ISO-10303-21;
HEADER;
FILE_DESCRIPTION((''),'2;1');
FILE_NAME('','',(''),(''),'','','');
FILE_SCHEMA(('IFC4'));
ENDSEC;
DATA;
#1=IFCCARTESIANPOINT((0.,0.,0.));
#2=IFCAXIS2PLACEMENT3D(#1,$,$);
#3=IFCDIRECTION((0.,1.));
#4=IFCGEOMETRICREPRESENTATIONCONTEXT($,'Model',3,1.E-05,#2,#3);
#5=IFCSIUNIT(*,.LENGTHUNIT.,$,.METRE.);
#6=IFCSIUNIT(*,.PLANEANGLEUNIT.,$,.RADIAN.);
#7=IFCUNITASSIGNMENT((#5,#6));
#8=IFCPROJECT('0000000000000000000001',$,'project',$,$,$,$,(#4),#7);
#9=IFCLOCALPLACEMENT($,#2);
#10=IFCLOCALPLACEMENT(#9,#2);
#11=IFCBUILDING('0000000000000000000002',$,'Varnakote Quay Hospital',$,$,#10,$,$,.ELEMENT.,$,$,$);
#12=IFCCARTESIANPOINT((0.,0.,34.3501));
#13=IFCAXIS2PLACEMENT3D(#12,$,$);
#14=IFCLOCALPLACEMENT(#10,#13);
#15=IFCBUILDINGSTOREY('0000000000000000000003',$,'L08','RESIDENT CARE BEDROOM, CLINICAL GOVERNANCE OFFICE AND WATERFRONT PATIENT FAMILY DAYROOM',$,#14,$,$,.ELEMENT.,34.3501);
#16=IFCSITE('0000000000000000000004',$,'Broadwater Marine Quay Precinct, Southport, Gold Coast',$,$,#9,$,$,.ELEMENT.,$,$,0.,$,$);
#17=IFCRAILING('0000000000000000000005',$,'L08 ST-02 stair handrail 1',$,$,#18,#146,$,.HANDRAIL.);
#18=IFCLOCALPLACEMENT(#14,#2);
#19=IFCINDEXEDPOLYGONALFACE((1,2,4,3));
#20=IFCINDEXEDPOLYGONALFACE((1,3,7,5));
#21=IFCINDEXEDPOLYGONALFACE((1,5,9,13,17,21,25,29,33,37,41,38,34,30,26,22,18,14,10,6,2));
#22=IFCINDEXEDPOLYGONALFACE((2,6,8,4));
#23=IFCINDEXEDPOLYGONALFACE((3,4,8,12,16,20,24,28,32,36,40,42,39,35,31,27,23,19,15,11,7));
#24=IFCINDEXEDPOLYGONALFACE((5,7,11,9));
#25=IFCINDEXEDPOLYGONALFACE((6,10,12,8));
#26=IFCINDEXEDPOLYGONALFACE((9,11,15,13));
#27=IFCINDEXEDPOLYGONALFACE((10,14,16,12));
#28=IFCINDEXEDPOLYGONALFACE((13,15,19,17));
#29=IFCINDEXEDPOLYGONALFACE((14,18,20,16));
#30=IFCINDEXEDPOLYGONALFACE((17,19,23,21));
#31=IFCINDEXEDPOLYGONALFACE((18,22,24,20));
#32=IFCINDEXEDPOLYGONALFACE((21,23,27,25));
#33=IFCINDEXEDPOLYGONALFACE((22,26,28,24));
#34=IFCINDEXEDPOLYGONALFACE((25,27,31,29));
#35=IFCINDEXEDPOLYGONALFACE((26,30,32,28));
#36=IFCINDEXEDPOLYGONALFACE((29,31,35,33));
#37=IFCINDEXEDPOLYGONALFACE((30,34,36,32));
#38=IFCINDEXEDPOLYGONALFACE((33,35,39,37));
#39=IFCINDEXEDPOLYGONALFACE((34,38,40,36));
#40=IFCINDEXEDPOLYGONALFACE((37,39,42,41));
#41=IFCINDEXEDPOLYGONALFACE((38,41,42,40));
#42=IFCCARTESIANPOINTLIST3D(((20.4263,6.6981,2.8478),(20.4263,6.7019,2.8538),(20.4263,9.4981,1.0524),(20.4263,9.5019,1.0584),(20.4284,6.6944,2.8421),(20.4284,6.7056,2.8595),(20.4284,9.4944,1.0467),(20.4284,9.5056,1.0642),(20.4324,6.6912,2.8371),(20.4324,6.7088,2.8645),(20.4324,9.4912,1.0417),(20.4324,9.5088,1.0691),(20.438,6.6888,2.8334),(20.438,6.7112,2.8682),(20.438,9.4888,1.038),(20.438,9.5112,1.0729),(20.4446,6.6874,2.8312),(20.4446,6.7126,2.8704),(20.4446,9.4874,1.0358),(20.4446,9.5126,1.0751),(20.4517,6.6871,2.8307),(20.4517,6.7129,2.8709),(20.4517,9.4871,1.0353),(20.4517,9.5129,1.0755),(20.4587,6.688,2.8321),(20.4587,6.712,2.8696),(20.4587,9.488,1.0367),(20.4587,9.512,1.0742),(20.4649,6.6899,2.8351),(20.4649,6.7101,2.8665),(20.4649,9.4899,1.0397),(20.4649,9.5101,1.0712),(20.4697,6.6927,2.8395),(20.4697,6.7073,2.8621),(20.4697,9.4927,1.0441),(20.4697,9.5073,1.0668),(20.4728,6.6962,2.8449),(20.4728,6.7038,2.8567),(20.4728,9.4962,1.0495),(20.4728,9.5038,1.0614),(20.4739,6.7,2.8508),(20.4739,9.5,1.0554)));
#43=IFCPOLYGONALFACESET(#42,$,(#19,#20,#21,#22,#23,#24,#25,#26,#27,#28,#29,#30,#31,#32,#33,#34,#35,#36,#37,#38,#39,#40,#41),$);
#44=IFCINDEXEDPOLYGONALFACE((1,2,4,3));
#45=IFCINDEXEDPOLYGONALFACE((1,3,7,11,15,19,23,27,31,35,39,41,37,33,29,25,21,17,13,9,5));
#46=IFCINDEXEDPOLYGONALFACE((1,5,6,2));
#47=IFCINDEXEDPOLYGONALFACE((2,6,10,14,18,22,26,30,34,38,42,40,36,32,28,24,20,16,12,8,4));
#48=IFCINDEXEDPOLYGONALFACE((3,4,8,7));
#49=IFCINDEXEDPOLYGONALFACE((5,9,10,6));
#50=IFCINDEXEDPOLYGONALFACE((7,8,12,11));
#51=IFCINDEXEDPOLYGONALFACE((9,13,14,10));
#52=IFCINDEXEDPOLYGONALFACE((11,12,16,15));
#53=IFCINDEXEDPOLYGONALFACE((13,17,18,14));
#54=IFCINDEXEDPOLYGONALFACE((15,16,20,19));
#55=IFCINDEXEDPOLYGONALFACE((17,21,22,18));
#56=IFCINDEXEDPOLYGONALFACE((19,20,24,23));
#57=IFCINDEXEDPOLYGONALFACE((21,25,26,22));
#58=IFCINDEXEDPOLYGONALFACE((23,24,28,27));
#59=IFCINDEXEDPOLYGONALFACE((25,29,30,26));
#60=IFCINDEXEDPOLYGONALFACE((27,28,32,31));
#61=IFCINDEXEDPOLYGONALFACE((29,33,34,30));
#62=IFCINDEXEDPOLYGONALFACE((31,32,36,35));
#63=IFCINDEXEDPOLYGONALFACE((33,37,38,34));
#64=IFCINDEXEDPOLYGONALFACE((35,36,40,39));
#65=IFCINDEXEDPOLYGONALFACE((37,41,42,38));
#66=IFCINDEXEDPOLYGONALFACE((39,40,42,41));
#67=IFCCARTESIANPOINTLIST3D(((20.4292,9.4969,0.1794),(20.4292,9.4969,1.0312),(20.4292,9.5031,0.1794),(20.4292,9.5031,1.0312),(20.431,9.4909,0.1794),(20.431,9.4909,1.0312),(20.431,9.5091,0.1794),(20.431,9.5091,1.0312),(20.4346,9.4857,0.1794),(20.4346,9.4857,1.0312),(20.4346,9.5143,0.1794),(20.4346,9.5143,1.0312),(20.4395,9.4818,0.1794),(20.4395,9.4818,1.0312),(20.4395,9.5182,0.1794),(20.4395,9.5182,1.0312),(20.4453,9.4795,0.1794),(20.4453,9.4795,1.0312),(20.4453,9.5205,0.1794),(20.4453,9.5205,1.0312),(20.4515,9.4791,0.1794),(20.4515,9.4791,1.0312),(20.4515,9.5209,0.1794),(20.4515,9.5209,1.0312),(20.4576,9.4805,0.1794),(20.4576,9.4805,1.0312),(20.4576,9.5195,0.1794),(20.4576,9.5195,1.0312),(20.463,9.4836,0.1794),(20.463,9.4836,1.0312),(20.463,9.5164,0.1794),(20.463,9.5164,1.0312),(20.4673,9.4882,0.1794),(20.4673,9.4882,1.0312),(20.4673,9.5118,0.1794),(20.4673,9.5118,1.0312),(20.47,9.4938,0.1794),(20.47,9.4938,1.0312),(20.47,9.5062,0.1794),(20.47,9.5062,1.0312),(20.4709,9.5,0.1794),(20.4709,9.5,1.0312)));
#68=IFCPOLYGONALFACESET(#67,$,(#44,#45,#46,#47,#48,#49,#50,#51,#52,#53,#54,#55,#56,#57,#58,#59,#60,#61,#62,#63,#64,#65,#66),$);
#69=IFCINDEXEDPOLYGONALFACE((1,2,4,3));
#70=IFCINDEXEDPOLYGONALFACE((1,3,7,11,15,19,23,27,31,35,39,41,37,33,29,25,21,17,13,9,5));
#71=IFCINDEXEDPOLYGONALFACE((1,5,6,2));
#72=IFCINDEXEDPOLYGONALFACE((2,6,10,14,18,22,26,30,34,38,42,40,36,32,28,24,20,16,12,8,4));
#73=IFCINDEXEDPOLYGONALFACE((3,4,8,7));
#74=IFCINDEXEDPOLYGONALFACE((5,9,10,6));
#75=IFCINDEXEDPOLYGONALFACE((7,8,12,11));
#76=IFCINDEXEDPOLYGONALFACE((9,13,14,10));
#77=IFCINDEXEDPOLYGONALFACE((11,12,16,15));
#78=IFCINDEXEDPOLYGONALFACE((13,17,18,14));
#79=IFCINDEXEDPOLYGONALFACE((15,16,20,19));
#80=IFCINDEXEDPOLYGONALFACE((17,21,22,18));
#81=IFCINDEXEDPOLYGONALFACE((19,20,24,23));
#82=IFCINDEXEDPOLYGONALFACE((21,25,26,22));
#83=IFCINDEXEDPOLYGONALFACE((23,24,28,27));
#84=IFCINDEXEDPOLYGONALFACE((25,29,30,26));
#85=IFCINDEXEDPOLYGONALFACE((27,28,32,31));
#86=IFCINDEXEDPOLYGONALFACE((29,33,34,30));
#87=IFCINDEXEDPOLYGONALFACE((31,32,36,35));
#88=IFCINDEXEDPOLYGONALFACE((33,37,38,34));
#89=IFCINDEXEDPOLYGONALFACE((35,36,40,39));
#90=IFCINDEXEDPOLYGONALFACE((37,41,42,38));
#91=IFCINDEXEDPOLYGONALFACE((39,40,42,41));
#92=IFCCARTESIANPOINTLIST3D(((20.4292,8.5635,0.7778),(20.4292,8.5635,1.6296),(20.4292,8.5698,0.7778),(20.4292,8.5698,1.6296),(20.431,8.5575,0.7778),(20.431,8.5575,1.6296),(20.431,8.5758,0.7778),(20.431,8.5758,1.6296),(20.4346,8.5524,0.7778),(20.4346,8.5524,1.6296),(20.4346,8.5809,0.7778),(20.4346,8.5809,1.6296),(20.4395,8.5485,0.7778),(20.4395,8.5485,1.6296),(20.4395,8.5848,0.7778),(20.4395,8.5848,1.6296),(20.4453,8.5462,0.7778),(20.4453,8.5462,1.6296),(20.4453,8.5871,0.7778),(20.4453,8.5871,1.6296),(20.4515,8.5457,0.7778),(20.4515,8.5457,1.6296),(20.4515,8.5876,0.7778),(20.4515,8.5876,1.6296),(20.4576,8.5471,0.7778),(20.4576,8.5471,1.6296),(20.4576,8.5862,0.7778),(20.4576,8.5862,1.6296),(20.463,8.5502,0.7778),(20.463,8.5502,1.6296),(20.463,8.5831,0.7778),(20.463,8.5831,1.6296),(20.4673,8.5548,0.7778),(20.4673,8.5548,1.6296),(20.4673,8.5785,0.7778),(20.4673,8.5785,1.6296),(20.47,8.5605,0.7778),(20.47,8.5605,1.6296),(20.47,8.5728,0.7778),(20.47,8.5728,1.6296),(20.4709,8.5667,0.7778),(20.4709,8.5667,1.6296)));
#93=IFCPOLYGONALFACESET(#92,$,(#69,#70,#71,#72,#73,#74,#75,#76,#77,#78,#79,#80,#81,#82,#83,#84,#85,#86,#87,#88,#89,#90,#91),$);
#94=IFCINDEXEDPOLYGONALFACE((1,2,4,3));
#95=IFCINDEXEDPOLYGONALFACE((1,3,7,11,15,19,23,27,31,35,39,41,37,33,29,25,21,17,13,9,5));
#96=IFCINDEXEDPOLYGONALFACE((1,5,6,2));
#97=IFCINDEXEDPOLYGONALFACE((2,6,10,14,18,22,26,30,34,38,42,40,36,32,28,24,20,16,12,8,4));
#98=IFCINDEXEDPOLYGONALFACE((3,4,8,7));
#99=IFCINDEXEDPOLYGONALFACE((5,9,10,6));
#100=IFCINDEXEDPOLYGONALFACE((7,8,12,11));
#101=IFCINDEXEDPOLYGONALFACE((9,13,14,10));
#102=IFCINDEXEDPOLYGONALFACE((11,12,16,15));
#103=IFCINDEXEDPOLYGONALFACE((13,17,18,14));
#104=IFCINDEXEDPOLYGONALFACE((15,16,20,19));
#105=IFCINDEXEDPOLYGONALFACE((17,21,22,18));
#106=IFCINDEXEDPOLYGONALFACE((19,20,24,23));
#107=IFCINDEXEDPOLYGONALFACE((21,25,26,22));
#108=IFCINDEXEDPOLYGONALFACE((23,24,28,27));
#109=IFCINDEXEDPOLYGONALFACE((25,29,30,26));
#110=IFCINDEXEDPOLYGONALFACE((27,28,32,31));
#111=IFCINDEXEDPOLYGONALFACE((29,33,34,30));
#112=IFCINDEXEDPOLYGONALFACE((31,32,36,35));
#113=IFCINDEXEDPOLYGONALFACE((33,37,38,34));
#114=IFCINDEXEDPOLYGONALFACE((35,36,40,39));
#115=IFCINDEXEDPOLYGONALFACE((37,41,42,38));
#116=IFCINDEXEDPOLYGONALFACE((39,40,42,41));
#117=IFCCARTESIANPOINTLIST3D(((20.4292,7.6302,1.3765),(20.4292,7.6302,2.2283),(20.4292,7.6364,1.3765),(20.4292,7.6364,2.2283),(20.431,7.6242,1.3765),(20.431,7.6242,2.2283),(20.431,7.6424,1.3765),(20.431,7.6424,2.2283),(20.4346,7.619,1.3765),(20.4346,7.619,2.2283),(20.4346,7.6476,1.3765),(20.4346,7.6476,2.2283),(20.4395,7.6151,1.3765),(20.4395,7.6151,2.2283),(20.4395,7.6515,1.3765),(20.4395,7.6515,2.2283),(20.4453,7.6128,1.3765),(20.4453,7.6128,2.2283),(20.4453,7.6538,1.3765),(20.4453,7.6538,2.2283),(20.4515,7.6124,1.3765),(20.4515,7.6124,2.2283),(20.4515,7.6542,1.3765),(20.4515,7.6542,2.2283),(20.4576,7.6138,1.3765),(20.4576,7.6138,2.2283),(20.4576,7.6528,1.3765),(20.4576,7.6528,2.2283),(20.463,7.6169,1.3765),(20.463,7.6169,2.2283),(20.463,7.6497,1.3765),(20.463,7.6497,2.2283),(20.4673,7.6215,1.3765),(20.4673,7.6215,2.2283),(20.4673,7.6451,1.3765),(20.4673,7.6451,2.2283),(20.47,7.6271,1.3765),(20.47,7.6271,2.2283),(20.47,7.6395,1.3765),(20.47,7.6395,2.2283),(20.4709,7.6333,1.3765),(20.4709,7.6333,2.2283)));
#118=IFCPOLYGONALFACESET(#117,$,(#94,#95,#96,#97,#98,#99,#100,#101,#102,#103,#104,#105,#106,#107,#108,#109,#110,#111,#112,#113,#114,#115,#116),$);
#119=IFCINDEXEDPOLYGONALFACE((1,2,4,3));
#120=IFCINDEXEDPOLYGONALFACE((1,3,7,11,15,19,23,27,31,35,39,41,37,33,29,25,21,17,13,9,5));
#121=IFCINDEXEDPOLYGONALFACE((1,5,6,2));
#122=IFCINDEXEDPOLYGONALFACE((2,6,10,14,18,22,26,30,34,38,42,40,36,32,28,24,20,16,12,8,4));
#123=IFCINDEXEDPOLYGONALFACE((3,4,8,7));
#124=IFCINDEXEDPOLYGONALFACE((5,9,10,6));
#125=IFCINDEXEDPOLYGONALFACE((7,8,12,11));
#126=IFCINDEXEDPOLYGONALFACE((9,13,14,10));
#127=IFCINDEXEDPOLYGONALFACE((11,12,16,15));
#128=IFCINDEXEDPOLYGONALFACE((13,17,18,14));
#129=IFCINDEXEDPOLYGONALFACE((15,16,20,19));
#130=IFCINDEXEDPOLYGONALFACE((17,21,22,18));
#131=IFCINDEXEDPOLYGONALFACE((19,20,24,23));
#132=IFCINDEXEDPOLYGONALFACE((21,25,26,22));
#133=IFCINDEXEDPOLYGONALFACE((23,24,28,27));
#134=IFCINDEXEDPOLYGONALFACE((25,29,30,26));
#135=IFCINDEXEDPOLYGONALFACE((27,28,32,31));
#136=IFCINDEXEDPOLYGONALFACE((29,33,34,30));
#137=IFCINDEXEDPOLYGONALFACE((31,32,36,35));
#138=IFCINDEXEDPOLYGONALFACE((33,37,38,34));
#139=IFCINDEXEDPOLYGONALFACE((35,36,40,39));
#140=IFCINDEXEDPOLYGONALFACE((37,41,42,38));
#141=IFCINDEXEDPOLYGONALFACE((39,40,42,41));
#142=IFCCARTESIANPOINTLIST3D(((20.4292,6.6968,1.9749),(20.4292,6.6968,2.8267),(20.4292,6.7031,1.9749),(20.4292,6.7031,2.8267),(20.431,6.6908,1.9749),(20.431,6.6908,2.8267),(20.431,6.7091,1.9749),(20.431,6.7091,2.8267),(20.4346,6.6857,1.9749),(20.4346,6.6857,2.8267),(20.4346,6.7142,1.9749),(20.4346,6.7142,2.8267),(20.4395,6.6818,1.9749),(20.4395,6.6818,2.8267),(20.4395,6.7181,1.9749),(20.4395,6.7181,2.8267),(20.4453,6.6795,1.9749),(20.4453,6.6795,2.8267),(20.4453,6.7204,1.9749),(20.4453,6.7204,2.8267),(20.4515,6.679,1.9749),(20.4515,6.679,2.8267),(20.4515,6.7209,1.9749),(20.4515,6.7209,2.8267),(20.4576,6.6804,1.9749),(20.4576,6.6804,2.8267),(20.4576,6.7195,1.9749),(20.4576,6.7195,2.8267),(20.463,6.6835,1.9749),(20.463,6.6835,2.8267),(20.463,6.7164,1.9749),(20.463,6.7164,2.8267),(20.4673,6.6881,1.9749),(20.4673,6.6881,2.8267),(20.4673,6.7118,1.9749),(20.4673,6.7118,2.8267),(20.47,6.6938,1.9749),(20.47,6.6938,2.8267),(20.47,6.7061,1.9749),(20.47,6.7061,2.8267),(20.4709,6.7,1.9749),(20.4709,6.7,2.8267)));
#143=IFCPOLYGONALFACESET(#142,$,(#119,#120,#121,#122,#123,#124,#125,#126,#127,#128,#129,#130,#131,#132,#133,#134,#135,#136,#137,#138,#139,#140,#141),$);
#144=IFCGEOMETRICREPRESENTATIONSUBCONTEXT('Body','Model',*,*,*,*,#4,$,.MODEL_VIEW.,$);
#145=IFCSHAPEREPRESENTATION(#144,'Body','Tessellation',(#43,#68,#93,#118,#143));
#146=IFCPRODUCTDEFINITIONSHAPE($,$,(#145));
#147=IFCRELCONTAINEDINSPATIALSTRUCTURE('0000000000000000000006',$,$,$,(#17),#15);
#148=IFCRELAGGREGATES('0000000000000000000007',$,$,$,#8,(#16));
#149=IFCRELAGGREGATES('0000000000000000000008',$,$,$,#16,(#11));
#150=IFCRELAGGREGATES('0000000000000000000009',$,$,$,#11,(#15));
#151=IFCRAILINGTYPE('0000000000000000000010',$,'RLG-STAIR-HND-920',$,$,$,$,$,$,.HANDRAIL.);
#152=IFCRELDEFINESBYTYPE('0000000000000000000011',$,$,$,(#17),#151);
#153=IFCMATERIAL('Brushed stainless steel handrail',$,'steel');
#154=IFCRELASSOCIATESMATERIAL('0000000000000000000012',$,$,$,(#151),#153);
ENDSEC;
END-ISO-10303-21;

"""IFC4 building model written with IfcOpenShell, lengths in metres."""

from ifc_helpers import new_model, si_unit, direction, frame, origin, origin_2d, place, context, subcontext, project, spatial, circle, extrude, material, type_object, element, save


model = new_model("IFC4")

# Units and contexts
model_context = context("Model", 3, precision=1e-05, world=origin(), true_north=direction((0.0, 1.0)))
body_context = subcontext(model_context, "Body", "Model", "MODEL_VIEW")
ifc_project = project(units=[si_unit("LENGTHUNIT", "METRE"), si_unit("PLANEANGLEUNIT", "RADIAN")], contexts=[model_context])

# Site, building, storey
site_placement = place(None, origin())
site = spatial("IfcSite", under=ifc_project, at=site_placement, Name="Broadwater Marine Quay Precinct, Southport, Gold Coast", CompositionType="ELEMENT", RefElevation=0.0)
building_placement = place(site_placement, origin())
building = spatial("IfcBuilding", under=site, at=building_placement, Name="Varnakote Quay Hospital", CompositionType="ELEMENT")
storey_placement = place(building_placement, frame((0.0, 0.0, 34.3501)))
storey = spatial("IfcBuildingStorey", under=building, at=storey_placement, Name="L08", Description="RESIDENT CARE BEDROOM, CLINICAL GOVERNANCE OFFICE AND WATERFRONT PATIENT FAMILY DAYROOM", CompositionType="ELEMENT", Elevation=34.3501)

# Railing
ifc_material_1 = material(Name="Brushed stainless steel handrail", Category="steel")
railing_type_1 = type_object("IfcRailingType", Name="RLG-STAIR-HND-920", PredefinedType="HANDRAIL", material=ifc_material_1)
railing_1_placement = place(storey_placement, frame((20.45, 9.5, 0.1794)))
element("IfcRailing", 1, at=railing_1_placement, inside=storey, type_object=railing_type_1, Name="L08 ST-02 stair handrail 1", PredefinedType="HANDRAIL", context=body_context, shape_type="SweptSolid", body=[
    extrude(circle(Radius=0.0239, at=origin_2d()), frame((0.0, 0.0, 0.876), z_axis=(0.0, -0.84181, 0.539774), x_axis=(1.0, 0.0, 0.0)), (0.0, 0.0, 1.0), 3.3262),
    extrude(circle(Radius=0.021, at=origin_2d()), origin(), (0.0, 0.0, 1.0), 0.8518),
    extrude(circle(Radius=0.021, at=origin_2d()), frame((0.0, -0.9333, 0.5984)), (0.0, 0.0, 1.0), 0.8518),
    extrude(circle(Radius=0.021, at=origin_2d()), frame((0.0, -1.8667, 1.197)), (0.0, 0.0, 1.0), 0.8518),
    extrude(circle(Radius=0.021, at=origin_2d()), frame((0.0, -2.8, 1.7954)), (0.0, 0.0, 1.0), 0.8518),
])

save(model, "model.ifc")
